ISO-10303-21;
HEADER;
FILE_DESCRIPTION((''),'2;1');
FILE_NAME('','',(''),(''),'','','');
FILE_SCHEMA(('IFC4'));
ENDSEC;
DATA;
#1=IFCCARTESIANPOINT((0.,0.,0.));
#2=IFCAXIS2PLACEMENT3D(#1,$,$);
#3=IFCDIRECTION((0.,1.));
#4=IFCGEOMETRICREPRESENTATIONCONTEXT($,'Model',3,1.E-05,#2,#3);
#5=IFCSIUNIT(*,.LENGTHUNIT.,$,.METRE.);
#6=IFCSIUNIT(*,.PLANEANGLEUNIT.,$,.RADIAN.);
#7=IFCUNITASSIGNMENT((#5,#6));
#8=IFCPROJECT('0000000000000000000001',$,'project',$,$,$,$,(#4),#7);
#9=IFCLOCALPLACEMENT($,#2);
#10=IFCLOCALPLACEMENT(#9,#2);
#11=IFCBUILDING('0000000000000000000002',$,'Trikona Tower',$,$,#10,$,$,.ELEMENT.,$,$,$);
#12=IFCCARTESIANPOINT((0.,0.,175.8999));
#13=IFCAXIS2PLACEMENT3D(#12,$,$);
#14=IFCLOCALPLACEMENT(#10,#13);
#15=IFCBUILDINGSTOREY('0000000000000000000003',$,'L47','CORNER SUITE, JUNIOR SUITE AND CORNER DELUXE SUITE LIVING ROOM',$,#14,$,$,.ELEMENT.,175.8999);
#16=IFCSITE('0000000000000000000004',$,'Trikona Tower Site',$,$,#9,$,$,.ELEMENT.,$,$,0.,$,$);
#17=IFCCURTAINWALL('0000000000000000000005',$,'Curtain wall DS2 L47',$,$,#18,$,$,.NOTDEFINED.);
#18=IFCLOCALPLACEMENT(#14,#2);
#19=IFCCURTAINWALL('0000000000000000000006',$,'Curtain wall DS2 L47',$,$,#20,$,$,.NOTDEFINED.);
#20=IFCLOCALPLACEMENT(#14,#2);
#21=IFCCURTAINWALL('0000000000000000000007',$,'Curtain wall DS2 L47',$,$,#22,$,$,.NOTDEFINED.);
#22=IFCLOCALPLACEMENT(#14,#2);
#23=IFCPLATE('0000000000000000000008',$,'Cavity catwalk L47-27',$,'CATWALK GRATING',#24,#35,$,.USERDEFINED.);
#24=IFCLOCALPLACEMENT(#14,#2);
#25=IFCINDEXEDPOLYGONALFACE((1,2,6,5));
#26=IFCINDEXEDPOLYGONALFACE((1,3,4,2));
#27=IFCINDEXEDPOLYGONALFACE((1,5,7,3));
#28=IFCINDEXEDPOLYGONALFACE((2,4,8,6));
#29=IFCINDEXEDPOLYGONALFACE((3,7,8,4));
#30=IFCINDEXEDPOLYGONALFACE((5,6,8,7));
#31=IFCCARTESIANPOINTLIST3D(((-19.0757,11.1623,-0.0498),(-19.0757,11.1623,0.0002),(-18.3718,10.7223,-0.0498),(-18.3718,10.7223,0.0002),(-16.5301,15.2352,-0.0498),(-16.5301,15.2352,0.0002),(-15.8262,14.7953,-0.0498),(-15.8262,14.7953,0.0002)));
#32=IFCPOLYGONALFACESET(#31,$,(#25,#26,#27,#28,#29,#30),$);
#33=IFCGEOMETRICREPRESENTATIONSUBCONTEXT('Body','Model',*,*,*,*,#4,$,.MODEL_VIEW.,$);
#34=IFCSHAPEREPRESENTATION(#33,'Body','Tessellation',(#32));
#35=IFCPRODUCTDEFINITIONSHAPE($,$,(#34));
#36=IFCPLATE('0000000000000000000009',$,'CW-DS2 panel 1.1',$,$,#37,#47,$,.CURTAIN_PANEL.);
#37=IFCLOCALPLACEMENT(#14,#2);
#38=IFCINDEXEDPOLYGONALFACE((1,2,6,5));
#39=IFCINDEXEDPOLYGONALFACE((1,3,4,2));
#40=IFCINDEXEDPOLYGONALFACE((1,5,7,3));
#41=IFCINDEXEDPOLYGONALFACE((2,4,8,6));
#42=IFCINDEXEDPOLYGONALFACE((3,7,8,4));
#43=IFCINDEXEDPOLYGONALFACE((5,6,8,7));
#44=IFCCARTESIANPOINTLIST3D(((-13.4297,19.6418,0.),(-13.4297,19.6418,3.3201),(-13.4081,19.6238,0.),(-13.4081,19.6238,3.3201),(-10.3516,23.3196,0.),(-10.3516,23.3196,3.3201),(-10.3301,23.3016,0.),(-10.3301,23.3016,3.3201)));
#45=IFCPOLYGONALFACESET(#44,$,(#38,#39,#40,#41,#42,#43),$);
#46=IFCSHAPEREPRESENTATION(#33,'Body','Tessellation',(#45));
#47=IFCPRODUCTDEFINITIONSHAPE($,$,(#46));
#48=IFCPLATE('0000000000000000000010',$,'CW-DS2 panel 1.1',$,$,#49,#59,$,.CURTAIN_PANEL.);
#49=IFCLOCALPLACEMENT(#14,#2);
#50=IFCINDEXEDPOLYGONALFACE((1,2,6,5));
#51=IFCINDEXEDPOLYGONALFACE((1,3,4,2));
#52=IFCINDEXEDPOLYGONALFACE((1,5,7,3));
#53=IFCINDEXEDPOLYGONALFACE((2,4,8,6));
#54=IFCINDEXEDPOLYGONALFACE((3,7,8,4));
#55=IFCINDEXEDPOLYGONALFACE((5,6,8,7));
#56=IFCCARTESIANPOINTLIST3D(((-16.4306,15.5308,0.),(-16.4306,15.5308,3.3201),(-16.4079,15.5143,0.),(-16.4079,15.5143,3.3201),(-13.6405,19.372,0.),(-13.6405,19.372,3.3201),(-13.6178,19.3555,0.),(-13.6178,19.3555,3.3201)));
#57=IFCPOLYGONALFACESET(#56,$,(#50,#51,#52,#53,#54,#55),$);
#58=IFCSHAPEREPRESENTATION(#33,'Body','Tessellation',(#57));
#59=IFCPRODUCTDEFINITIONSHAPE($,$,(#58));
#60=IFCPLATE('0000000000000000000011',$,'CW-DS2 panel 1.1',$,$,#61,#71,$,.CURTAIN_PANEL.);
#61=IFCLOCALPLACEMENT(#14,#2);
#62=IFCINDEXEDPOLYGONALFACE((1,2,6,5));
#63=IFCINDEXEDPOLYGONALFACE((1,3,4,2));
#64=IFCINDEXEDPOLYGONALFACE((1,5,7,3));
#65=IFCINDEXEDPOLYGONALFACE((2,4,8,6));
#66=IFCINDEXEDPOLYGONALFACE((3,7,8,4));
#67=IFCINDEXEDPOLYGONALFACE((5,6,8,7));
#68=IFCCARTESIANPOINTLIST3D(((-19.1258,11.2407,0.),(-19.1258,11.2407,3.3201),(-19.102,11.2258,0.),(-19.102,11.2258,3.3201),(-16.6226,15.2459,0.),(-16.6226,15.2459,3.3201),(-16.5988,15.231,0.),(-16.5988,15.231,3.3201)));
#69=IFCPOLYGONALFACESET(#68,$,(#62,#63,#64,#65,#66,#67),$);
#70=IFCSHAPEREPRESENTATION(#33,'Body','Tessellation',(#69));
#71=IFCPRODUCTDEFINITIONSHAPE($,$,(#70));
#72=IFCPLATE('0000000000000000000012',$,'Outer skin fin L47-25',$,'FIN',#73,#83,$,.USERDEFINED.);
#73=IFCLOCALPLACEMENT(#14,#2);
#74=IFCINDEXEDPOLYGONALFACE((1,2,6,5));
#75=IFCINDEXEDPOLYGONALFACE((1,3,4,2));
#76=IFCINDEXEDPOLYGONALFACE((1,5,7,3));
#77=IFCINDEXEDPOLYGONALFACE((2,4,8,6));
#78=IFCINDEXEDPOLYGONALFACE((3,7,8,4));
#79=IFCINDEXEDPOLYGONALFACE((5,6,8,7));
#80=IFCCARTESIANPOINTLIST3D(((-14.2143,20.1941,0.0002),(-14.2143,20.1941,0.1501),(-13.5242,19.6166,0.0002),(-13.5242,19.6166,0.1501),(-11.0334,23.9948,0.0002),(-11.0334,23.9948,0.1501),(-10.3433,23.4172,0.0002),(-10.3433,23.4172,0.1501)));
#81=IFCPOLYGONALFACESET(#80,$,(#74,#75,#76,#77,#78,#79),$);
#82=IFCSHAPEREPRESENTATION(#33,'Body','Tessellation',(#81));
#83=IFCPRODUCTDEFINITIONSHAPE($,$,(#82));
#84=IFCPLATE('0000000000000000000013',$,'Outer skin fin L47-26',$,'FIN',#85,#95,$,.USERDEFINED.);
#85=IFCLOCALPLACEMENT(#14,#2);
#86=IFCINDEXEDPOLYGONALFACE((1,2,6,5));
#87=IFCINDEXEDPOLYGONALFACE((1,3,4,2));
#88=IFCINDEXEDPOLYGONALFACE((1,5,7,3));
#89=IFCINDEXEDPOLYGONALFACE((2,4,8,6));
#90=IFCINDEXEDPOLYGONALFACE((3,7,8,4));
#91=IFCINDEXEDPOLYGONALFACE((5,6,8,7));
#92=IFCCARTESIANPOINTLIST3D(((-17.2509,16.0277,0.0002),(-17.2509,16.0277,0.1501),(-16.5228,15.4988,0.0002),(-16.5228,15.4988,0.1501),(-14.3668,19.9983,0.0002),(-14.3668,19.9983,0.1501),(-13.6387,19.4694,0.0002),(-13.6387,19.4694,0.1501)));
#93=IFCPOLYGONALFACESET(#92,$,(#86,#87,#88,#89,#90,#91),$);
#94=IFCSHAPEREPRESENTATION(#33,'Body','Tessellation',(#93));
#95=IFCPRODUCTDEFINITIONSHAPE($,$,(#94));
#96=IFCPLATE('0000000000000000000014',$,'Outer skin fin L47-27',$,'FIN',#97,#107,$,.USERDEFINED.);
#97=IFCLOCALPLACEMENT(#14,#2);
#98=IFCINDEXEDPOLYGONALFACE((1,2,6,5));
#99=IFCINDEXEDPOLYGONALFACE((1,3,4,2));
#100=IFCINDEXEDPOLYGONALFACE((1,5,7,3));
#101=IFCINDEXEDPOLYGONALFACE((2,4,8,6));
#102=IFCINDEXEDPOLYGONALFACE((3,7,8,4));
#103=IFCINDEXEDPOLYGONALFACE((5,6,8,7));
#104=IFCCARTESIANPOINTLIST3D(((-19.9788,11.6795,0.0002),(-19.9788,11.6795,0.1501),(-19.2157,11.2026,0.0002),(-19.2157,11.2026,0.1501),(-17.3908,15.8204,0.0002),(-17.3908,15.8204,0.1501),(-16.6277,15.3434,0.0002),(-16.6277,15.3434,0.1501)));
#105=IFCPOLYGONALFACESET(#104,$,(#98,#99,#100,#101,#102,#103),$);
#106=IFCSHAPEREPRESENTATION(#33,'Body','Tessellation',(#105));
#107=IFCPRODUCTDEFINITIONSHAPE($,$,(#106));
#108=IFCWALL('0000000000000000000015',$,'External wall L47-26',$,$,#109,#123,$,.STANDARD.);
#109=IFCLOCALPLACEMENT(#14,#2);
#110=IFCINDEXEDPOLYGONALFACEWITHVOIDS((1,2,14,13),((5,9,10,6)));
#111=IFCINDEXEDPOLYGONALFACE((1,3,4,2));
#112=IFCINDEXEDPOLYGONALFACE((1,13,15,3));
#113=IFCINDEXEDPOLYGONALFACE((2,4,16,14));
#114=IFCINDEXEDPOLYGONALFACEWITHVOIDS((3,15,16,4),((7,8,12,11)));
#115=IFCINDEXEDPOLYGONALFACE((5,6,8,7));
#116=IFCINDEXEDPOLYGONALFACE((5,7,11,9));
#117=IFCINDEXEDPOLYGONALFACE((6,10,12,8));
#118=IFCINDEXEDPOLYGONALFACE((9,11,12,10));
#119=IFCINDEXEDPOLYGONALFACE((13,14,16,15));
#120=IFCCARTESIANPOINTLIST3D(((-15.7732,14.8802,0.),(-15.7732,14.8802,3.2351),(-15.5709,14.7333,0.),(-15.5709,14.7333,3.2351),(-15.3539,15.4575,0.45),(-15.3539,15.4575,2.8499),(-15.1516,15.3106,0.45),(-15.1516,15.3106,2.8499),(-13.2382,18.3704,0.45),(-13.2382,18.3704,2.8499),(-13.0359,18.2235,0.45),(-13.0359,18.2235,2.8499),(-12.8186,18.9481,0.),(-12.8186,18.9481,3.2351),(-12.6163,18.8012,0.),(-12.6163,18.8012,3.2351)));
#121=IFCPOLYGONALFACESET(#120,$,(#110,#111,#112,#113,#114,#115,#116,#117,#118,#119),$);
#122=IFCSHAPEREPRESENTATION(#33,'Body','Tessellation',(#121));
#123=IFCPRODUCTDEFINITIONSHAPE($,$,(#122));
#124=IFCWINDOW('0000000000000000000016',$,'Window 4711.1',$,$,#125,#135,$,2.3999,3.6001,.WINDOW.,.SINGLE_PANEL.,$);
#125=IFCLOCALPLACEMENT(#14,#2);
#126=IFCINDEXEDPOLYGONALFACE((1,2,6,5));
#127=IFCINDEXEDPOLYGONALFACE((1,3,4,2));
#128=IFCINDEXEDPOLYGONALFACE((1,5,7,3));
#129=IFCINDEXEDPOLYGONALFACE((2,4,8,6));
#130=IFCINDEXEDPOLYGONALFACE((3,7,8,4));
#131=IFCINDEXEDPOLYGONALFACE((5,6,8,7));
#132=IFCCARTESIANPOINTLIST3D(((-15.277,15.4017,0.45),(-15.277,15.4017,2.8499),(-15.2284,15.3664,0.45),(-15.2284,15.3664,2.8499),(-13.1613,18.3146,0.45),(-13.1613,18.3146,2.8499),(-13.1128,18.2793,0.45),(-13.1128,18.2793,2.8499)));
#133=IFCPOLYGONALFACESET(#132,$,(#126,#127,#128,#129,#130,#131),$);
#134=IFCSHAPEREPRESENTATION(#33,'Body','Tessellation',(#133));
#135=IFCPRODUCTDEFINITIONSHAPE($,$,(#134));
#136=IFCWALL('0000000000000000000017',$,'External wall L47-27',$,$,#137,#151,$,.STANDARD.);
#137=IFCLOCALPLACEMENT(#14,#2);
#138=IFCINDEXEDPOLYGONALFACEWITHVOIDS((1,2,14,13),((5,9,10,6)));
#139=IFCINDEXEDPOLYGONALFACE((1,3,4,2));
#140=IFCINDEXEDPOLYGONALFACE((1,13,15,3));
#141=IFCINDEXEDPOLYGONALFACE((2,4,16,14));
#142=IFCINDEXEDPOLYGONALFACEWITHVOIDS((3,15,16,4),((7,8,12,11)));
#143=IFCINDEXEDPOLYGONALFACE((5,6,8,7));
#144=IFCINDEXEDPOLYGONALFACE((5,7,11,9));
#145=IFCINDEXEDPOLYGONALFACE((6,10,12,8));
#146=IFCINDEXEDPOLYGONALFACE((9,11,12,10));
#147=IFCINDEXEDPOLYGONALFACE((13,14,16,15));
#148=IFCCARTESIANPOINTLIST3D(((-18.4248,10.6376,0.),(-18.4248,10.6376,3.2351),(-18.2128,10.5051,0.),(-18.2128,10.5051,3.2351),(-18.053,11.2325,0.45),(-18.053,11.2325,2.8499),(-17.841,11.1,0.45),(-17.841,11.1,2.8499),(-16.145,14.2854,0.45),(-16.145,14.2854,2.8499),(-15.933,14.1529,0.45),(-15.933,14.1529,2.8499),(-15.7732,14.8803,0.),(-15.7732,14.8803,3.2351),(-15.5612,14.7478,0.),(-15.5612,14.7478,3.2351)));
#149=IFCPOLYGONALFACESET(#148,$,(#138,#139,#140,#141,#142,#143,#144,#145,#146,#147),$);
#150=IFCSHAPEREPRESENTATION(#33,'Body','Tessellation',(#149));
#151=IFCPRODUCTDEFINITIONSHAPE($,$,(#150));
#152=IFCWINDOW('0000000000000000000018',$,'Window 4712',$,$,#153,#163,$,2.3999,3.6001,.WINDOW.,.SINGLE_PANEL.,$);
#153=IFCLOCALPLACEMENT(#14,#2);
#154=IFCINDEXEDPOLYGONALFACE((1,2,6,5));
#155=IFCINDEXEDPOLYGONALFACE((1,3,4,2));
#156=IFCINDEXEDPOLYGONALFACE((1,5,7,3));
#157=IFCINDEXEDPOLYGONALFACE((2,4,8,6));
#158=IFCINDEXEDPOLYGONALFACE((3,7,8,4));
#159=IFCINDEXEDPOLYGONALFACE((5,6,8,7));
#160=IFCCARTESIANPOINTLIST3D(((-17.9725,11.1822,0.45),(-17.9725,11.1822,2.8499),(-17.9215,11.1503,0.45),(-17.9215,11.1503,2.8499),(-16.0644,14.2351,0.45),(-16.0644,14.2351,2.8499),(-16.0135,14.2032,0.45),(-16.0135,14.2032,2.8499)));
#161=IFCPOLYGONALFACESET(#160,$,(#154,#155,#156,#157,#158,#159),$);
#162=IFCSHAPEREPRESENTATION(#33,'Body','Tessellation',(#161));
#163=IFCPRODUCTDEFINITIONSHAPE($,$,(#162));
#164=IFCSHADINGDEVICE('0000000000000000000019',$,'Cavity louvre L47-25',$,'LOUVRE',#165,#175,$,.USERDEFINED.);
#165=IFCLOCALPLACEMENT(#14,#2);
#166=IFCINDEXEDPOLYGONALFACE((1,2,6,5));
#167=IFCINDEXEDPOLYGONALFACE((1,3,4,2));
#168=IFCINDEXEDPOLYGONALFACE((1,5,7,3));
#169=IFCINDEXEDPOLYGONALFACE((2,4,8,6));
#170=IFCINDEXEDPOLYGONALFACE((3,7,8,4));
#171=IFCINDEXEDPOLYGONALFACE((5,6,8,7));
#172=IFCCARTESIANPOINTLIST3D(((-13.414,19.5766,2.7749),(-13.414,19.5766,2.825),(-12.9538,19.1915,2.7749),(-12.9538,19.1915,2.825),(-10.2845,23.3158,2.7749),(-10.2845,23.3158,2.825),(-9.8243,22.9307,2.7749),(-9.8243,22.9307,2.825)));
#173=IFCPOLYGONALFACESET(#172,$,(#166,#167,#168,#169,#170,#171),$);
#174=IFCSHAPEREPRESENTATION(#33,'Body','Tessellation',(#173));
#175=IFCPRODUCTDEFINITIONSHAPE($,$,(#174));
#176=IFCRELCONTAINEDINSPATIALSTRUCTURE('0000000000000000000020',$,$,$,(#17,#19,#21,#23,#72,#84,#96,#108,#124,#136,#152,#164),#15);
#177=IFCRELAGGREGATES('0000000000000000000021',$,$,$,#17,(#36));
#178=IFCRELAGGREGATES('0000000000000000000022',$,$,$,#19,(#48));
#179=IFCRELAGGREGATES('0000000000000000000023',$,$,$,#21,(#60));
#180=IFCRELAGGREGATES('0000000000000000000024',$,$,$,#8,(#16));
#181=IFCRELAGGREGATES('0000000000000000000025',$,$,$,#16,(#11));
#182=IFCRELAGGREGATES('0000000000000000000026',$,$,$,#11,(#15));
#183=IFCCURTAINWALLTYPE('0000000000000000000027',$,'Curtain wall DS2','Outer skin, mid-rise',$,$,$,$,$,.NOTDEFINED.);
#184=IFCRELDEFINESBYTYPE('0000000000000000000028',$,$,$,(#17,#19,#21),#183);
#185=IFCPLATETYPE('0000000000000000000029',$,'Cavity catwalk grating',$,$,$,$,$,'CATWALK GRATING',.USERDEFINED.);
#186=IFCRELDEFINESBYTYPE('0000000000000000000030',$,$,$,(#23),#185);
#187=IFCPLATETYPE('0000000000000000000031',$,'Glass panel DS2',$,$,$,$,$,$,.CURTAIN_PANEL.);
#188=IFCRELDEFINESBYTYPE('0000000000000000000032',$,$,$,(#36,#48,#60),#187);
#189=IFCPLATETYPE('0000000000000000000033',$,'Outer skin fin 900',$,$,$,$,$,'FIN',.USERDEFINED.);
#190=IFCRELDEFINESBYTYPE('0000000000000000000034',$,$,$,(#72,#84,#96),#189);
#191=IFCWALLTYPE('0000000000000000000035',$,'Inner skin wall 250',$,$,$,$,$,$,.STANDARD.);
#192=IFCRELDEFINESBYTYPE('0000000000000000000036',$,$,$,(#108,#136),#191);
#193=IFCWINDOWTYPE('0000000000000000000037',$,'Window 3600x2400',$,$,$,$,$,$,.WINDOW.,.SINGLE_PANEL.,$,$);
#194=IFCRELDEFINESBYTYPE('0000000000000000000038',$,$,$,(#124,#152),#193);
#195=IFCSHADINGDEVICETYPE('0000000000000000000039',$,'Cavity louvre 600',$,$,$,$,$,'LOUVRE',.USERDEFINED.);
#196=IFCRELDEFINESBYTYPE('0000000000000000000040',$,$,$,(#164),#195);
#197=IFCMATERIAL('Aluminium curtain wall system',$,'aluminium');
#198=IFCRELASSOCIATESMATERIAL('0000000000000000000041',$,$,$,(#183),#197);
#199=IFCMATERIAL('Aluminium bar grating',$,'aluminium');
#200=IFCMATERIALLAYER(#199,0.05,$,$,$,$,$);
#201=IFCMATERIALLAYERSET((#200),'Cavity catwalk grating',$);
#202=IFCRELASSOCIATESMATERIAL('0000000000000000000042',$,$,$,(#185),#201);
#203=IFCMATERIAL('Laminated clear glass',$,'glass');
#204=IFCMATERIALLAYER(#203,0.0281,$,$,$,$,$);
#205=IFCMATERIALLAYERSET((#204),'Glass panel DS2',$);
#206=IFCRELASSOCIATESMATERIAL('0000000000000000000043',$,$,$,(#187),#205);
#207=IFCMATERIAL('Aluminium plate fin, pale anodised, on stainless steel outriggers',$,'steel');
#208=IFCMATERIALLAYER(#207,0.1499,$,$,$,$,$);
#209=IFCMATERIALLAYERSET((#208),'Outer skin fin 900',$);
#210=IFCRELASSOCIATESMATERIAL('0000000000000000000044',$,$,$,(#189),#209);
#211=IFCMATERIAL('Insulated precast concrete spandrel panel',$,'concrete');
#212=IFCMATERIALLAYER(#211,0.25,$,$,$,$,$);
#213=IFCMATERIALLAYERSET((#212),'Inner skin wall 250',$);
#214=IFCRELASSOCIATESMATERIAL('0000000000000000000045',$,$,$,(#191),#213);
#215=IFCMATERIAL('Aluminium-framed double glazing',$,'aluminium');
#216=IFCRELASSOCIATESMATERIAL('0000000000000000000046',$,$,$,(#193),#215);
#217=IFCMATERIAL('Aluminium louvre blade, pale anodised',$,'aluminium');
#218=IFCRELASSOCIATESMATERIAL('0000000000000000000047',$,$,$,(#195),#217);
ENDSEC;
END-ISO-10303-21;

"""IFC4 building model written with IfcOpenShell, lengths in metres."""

from ifc_helpers import new_model, si_unit, direction, frame, frame_2d, origin, origin_2d, place, context, subcontext, project, spatial, rectangle, extrude, material, layer, layer_set, type_object, element, fill, aggregate, save


model = new_model("IFC4")

# Units and contexts
model_context = context("Model", 3, precision=1e-05, world=origin(), true_north=direction((0.0, 1.0)))
body_context = subcontext(model_context, "Body", "Model", "MODEL_VIEW")
ifc_project = project(units=[si_unit("LENGTHUNIT", "METRE"), si_unit("PLANEANGLEUNIT", "RADIAN")], contexts=[model_context])

# Site, building, storey
site_placement = place(None, origin())
site = spatial("IfcSite", under=ifc_project, at=site_placement, Name="Trikona Tower Site", CompositionType="ELEMENT", RefElevation=0.0)
building_placement = place(site_placement, origin())
building = spatial("IfcBuilding", under=site, at=building_placement, Name="Trikona Tower", CompositionType="ELEMENT")
storey_placement = place(building_placement, frame((0.0, 0.0, 175.8999)))
storey = spatial("IfcBuildingStorey", under=building, at=storey_placement, Name="L47", Description="CORNER SUITE, JUNIOR SUITE AND CORNER DELUXE SUITE LIVING ROOM", CompositionType="ELEMENT", Elevation=175.8999)

# Curtain walls
ifc_material_1 = material(Name="Aluminium curtain wall system", Category="aluminium")
curtain_wall_type = type_object("IfcCurtainWallType", Name="Curtain wall DS2", Description="Outer skin, mid-rise", PredefinedType="NOTDEFINED", material=ifc_material_1)
curtain_wall_1_placement = place(storey_placement, origin())
curtain_wall_1 = element("IfcCurtainWall", 1, at=curtain_wall_1_placement, inside=storey, type_object=curtain_wall_type, Name="Curtain wall DS2 L47", PredefinedType="NOTDEFINED")
curtain_wall_2_placement = place(storey_placement, origin())
curtain_wall_2 = element("IfcCurtainWall", 2, at=curtain_wall_2_placement, inside=storey, type_object=curtain_wall_type, Name="Curtain wall DS2 L47", PredefinedType="NOTDEFINED")

# Curtain wall
curtain_wall_3_placement = place(storey_placement, origin())
curtain_wall_3 = element("IfcCurtainWall", 3, at=curtain_wall_3_placement, inside=storey, type_object=curtain_wall_type, Name="Curtain wall DS2 L47", PredefinedType="NOTDEFINED")

# Plate
ifc_material_2 = material(Name="Aluminium bar grating", Category="aluminium")
ifc_layer_1 = layer(ifc_material_2, 0.05)
ifc_layer_set_1 = layer_set([ifc_layer_1], Name="Cavity catwalk grating")
plate_type_1 = type_object("IfcPlateType", Name="Cavity catwalk grating", ElementType="CATWALK GRATING", PredefinedType="USERDEFINED", material=ifc_layer_set_1)
plate_1_placement = place(storey_placement, frame((-17.4509, 12.9788, -0.0498), z_axis=(0.0, 0.0, 1.0), x_axis=(-0.529995, -0.848001, 0.0)))
element("IfcPlate", 4, at=plate_1_placement, inside=storey, type_object=plate_type_1, Name="Cavity catwalk L47-27", ObjectType="CATWALK GRATING", PredefinedType="USERDEFINED", context=body_context, shape_type="SweptSolid", body=[
    extrude(rectangle(XDim=4.803, YDim=0.8301, at=origin_2d()), origin(), (0.0, 0.0, 1.0), 0.05),
])

# Plates
ifc_material_3 = material(Name="Laminated clear glass", Category="glass")
ifc_layer_2 = layer(ifc_material_3, 0.0281)
ifc_layer_set_2 = layer_set([ifc_layer_2], Name="Glass panel DS2")
plate_type_2 = type_object("IfcPlateType", Name="Glass panel DS2", PredefinedType="CURTAIN_PANEL", material=ifc_layer_set_2)
plate_2_placement = place(storey_placement, frame((-11.8799, 21.4717, 0.0), z_axis=(0.0, 0.0, 1.0), x_axis=(-0.641806, -0.766867, 0.0)))
plate_2 = element("IfcPlate", 5, at=plate_2_placement, type_object=plate_type_2, Name="CW-DS2 panel 1.1", PredefinedType="CURTAIN_PANEL", context=body_context, shape_type="SweptSolid", body=[
    extrude(rectangle(XDim=4.7959, YDim=0.0281, at=origin_2d()), origin(), (0.0, 0.0, 1.0), 3.3201),
])
aggregate(curtain_wall_1, [plate_2])
plate_3_placement = place(storey_placement, frame((-15.0242, 17.4431, 0.0), z_axis=(0.0, 0.0, 1.0), x_axis=(-0.587691, -0.809086, 0.0)))
plate_3 = element("IfcPlate", 6, at=plate_3_placement, type_object=plate_type_2, Name="CW-DS2 panel 1.1", PredefinedType="CURTAIN_PANEL", context=body_context, shape_type="SweptSolid", body=[
    extrude(rectangle(XDim=4.7476, YDim=0.0281, at=origin_2d()), origin(), (0.0, 0.0, 1.0), 3.3201),
])
aggregate(curtain_wall_2, [plate_3])
plate_4_placement = place(storey_placement, frame((-17.8623, 13.2358, 0.0), z_axis=(0.0, 0.0, 1.0), x_axis=(-0.529999, -0.847998, 0.0)))
plate_4 = element("IfcPlate", 7, at=plate_4_placement, type_object=plate_type_2, Name="CW-DS2 panel 1.1", PredefinedType="CURTAIN_PANEL", context=body_context, shape_type="SweptSolid", body=[
    extrude(rectangle(XDim=4.7231, YDim=0.0281, at=origin_2d()), origin(), (0.0, 0.0, 1.0), 3.3201),
])
aggregate(curtain_wall_3, [plate_4])

# Plates
ifc_material_4 = material(Name="Aluminium plate fin, pale anodised, on stainless steel outriggers", Category="steel")
ifc_layer_3 = layer(ifc_material_4, 0.1499)
ifc_layer_set_3 = layer_set([ifc_layer_3], Name="Outer skin fin 900")
plate_type_3 = type_object("IfcPlateType", Name="Outer skin fin 900", ElementType="FIN", PredefinedType="USERDEFINED", material=ifc_layer_set_3)
plate_5_placement = place(storey_placement, frame((-12.2788, 21.8057, 0.0002), z_axis=(0.0, 0.0, 1.0), x_axis=(-0.641807, -0.766866, 0.0)))
element("IfcPlate", 8, at=plate_5_placement, inside=storey, type_object=plate_type_3, Name="Outer skin fin L47-25", ObjectType="FIN", PredefinedType="USERDEFINED", context=body_context, shape_type="SweptSolid", body=[
    extrude(rectangle(XDim=4.9561, YDim=0.8999, at=origin_2d()), origin(), (0.0, 0.0, 1.0), 0.1499),
])
plate_6_placement = place(storey_placement, frame((-15.4448, 17.7485, 0.0002), z_axis=(0.0, 0.0, 1.0), x_axis=(-0.587686, -0.809089, 0.0)))
element("IfcPlate", 9, at=plate_6_placement, inside=storey, type_object=plate_type_3, Name="Outer skin fin L47-26", ObjectType="FIN", PredefinedType="USERDEFINED", context=body_context, shape_type="SweptSolid", body=[
    extrude(rectangle(XDim=4.9075, YDim=0.8999, at=origin_2d()), origin(), (0.0, 0.0, 1.0), 0.1499),
])
plate_7_placement = place(storey_placement, frame((-18.3032, 13.5115, 0.0002), z_axis=(0.0, 0.0, 1.0), x_axis=(-0.529995, -0.848001, 0.0)))
element("IfcPlate", 10, at=plate_7_placement, inside=storey, type_object=plate_type_3, Name="Outer skin fin L47-27", ObjectType="FIN", PredefinedType="USERDEFINED", context=body_context, shape_type="SweptSolid", body=[
    extrude(rectangle(XDim=4.8831, YDim=0.8999, at=origin_2d()), origin(), (0.0, 0.0, 1.0), 0.1499),
])

# Walls, openings, windows
ifc_material_5 = material(Name="Insulated precast concrete spandrel panel", Category="concrete")
ifc_layer_4 = layer(ifc_material_5, 0.25)
ifc_layer_set_4 = layer_set([ifc_layer_4], Name="Inner skin wall 250")
wall_type = type_object("IfcWallType", Name="Inner skin wall 250", PredefinedType="STANDARD", material=ifc_layer_set_4)
wall_1_placement = place(storey_placement, frame((-12.7175, 18.8745, 0.0), z_axis=(0.0, 0.0, 1.0), x_axis=(-0.587669, -0.809101, 0.0)))
wall_1 = element("IfcWall", 11, at=wall_1_placement, inside=storey, type_object=wall_type, Name="External wall L47-26", PredefinedType="STANDARD", context=body_context, shape_type="SweptSolid", body=[
    extrude(rectangle(XDim=5.0276, YDim=0.25, at=frame_2d((2.5137, 0.0))), origin(), (0.0, 0.0, 1.0), 3.2351),
])
opening_1_placement = place(wall_1_placement, frame((0.7139, 0.0, 0.45)))
opening_1 = element("IfcOpeningElement", 12, at=opening_1_placement, cuts=wall_1, PredefinedType="OPENING", context=body_context, shape_type="SweptSolid", body=[
    extrude(rectangle(XDim=3.6001, YDim=2.3999, at=frame_2d((1.8, 1.2))), frame((0.0, 0.135, 0.0), z_axis=(0.0, -1.0, 0.0), x_axis=(1.0, 0.0, 0.0)), (0.0, 0.0, 1.0), 0.27),
])
ifc_material_6 = material(Name="Aluminium-framed double glazing", Category="aluminium")
window_type = type_object("IfcWindowType", Name="Window 3600x2400", PartitioningType="SINGLE_PANEL", PredefinedType="WINDOW", material=ifc_material_6)
window_1_placement = place(opening_1_placement, origin())
window_1 = element("IfcWindow", 13, at=window_1_placement, inside=storey, type_object=window_type, Name="Window 4711.1", OverallHeight=2.3999, OverallWidth=3.6001, PartitioningType="SINGLE_PANEL", PredefinedType="WINDOW", context=body_context, shape_type="SweptSolid", body=[
    extrude(rectangle(XDim=3.6001, YDim=2.3999, at=frame_2d((1.8, 1.2))), frame((0.0, 0.03, 0.0), z_axis=(0.0, -1.0, 0.0), x_axis=(1.0, 0.0, 0.0)), (0.0, 0.0, 1.0), 0.0601),
])
fill(opening_1, window_1)
wall_2_placement = place(storey_placement, frame((-15.6672, 14.814, 0.0), z_axis=(0.0, 0.0, 1.0), x_axis=(-0.52999, -0.848004, 0.0)))
wall_2 = element("IfcWall", 14, at=wall_2_placement, inside=storey, type_object=wall_type, Name="External wall L47-27", PredefinedType="STANDARD", context=body_context, shape_type="SweptSolid", body=[
    extrude(rectangle(XDim=5.0032, YDim=0.25, at=frame_2d((2.5015, 0.0))), origin(), (0.0, 0.0, 1.0), 3.2351),
])
opening_2_placement = place(wall_2_placement, frame((0.7014, 0.0, 0.45)))
opening_2 = element("IfcOpeningElement", 15, at=opening_2_placement, cuts=wall_2, PredefinedType="OPENING", context=body_context, shape_type="SweptSolid", body=[
    extrude(rectangle(XDim=3.6001, YDim=2.3999, at=frame_2d((1.8, 1.2))), frame((0.0, 0.135, 0.0), z_axis=(0.0, -1.0, 0.0), x_axis=(1.0, 0.0, 0.0)), (0.0, 0.0, 1.0), 0.27),
])
window_2_placement = place(opening_2_placement, origin())
window_2 = element("IfcWindow", 16, at=window_2_placement, inside=storey, type_object=window_type, Name="Window 4712", OverallHeight=2.3999, OverallWidth=3.6001, PartitioningType="SINGLE_PANEL", PredefinedType="WINDOW", context=body_context, shape_type="SweptSolid", body=[
    extrude(rectangle(XDim=3.6001, YDim=2.3999, at=frame_2d((1.8, 1.2))), frame((0.0, 0.03, 0.0), z_axis=(0.0, -1.0, 0.0), x_axis=(1.0, 0.0, 0.0)), (0.0, 0.0, 1.0), 0.0601),
])
fill(opening_2, window_2)

# Shading device
ifc_material_7 = material(Name="Aluminium louvre blade, pale anodised", Category="aluminium")
shading_device_type = type_object("IfcShadingDeviceType", Name="Cavity louvre 600", ElementType="LOUVRE", PredefinedType="USERDEFINED", material=ifc_material_7)
shading_device_1_placement = place(storey_placement, frame((-11.6191, 21.2537, 2.7749), z_axis=(0.0, 0.0, 1.0), x_axis=(-0.641807, -0.766866, 0.0)))
element("IfcShadingDevice", 17, at=shading_device_1_placement, inside=storey, type_object=shading_device_type, Name="Cavity louvre L47-25", ObjectType="LOUVRE", PredefinedType="USERDEFINED", context=body_context, shape_type="SweptSolid", body=[
    extrude(rectangle(XDim=4.876, YDim=0.6001, at=origin_2d()), origin(), (0.0, 0.0, 1.0), 0.05),
])

save(model, "model.ifc")
